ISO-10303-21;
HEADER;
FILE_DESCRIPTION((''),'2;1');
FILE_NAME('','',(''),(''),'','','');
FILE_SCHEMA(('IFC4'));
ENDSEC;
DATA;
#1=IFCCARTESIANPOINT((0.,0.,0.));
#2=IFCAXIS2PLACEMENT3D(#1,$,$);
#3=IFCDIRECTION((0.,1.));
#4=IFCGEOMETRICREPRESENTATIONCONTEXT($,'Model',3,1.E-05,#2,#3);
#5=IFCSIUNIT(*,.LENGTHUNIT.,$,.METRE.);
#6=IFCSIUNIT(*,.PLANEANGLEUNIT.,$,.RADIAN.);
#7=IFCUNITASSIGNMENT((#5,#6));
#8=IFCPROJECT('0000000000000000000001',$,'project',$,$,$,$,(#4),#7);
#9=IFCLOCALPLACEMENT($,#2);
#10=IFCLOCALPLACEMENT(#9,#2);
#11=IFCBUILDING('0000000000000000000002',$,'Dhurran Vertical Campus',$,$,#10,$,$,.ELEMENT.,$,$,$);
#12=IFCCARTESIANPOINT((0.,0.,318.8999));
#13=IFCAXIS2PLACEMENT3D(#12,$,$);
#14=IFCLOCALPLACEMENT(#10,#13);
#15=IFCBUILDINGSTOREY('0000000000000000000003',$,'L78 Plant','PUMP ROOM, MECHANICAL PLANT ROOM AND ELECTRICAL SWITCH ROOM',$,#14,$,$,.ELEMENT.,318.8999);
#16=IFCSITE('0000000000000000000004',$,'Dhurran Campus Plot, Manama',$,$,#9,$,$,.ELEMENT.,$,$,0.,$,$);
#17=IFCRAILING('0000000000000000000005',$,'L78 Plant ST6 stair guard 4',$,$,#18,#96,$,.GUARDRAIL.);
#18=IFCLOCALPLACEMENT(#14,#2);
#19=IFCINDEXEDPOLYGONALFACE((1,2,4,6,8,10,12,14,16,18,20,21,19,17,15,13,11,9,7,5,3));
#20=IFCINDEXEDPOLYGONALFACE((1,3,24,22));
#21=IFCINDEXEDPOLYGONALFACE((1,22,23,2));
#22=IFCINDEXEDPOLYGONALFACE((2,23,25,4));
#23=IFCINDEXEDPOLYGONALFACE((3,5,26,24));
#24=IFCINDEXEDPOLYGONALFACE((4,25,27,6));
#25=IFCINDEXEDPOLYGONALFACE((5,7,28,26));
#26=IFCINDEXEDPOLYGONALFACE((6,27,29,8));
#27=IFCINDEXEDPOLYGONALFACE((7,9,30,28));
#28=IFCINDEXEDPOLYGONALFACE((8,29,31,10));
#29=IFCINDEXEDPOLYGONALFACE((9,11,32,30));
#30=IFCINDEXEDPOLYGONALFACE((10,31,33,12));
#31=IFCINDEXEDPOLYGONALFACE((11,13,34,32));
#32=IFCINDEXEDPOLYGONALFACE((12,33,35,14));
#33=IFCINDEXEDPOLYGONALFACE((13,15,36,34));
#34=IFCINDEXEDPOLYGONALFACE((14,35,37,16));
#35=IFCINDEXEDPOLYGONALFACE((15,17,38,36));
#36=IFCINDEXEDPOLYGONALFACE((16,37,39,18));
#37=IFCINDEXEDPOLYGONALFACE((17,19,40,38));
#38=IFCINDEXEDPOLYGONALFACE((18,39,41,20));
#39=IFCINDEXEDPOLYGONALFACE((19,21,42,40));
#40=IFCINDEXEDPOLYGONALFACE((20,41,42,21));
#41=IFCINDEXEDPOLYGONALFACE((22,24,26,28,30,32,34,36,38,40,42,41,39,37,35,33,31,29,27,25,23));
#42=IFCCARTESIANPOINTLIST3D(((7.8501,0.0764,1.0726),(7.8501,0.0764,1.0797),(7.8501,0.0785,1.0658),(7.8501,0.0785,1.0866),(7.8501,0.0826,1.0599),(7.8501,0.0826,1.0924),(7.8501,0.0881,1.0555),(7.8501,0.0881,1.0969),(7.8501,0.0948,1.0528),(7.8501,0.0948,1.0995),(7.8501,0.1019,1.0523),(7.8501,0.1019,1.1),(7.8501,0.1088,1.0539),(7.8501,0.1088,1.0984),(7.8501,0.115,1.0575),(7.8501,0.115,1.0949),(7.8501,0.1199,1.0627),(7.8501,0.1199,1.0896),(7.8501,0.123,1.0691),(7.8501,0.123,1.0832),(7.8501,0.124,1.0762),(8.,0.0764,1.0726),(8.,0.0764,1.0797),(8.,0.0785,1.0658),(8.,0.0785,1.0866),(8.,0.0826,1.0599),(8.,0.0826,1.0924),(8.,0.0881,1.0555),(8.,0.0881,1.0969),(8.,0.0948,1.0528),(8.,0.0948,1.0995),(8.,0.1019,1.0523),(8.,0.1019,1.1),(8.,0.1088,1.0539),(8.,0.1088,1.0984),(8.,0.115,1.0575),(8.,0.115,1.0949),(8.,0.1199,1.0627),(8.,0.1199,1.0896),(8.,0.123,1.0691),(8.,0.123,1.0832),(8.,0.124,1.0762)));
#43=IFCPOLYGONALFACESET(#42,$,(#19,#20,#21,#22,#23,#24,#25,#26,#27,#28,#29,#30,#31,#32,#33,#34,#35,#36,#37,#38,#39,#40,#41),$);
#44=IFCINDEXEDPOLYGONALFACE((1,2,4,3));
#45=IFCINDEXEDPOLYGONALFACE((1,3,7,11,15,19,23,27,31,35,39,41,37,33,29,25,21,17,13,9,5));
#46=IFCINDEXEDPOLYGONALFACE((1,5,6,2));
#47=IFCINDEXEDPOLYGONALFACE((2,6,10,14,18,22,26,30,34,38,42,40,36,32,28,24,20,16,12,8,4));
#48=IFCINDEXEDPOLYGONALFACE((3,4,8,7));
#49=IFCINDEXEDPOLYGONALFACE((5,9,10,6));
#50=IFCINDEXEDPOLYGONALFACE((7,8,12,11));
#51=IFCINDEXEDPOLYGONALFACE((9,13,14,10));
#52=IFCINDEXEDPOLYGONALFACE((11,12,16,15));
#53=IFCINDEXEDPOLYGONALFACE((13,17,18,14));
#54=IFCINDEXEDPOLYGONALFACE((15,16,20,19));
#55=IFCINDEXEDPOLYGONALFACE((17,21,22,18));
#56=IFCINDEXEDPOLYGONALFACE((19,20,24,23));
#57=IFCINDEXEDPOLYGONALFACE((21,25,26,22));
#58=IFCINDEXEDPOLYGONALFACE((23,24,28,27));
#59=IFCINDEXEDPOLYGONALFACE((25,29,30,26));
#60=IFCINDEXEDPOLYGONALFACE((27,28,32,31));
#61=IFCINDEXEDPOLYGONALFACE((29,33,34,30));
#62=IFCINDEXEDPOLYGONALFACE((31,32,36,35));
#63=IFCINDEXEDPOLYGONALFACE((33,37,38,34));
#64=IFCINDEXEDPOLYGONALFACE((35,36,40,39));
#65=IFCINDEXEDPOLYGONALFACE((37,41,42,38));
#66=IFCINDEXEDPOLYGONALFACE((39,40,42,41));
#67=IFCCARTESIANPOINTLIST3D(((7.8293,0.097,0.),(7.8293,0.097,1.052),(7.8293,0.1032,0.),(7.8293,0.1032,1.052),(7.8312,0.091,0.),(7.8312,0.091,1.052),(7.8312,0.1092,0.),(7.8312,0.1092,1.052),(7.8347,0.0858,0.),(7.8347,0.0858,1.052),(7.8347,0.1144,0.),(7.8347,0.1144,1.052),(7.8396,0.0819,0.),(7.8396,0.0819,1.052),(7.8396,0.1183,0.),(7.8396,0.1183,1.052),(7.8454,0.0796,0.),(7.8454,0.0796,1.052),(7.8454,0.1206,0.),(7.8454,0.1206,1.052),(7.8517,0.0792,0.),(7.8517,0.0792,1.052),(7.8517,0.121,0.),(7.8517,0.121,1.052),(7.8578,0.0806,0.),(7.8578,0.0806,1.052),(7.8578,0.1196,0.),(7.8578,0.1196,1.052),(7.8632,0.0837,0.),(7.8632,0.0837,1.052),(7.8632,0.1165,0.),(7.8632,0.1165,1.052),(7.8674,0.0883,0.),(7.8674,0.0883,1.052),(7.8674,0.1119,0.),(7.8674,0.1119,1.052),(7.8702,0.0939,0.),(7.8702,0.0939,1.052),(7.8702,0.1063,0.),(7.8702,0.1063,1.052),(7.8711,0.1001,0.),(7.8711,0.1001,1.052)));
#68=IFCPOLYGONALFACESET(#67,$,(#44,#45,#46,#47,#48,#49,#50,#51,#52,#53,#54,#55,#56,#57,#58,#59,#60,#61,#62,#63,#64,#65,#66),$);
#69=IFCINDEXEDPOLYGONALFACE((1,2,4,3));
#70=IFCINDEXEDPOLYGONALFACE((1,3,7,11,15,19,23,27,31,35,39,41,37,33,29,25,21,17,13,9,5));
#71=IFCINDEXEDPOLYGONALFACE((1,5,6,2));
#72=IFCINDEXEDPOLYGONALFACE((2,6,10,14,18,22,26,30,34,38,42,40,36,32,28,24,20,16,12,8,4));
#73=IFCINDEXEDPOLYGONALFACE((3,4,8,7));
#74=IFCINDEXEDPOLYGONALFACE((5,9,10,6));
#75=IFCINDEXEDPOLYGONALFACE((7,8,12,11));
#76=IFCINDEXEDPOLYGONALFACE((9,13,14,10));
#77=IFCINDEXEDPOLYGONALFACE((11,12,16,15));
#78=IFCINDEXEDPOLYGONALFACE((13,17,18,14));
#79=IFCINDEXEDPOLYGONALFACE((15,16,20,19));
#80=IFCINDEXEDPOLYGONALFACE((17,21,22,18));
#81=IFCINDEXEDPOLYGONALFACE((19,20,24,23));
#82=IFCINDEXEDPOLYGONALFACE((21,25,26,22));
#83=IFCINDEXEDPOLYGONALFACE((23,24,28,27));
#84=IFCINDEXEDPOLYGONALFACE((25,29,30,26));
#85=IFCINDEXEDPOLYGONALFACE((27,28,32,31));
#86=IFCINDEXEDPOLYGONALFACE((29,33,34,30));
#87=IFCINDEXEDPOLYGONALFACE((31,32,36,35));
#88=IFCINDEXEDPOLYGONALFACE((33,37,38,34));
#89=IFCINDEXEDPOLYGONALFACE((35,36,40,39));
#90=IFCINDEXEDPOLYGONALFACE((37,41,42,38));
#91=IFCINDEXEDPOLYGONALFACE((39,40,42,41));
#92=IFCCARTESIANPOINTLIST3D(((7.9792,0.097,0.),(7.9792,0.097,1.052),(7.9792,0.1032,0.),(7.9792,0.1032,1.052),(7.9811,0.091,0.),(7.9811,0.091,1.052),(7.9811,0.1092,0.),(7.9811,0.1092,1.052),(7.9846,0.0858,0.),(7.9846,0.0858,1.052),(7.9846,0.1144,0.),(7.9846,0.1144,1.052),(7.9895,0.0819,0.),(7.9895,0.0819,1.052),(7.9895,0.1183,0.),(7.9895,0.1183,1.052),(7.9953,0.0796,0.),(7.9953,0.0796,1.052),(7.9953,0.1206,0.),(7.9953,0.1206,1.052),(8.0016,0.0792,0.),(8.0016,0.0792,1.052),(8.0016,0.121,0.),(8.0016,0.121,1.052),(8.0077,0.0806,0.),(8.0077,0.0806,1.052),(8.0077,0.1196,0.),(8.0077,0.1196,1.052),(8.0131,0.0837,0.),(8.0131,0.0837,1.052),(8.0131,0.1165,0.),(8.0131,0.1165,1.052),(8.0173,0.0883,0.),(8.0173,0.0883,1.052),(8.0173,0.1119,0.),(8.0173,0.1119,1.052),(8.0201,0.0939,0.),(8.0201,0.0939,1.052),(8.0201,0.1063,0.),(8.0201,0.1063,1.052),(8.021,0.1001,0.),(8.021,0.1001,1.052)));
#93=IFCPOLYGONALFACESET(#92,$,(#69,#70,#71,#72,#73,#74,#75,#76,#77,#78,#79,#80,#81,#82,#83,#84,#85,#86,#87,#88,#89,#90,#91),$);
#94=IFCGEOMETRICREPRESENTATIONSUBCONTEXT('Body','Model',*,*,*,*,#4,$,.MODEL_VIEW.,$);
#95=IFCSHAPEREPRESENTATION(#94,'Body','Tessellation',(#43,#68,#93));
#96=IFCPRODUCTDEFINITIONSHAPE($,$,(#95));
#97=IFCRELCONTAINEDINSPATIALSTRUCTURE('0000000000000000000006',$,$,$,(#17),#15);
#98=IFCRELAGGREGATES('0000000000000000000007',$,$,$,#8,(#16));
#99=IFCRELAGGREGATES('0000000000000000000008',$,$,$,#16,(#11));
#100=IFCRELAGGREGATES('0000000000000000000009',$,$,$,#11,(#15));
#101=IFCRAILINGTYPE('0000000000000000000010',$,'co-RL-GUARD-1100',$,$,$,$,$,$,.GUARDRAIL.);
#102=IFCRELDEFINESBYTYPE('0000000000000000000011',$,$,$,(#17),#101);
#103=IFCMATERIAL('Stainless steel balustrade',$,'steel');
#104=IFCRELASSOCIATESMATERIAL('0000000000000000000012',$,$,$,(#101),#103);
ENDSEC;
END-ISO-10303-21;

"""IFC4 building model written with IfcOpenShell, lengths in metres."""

from ifc_helpers import new_model, si_unit, direction, frame, origin, origin_2d, place, context, subcontext, project, spatial, circle, extrude, material, type_object, element, save


model = new_model("IFC4")

# Units and contexts
model_context = context("Model", 3, precision=1e-05, world=origin(), true_north=direction((0.0, 1.0)))
body_context = subcontext(model_context, "Body", "Model", "MODEL_VIEW")
ifc_project = project(units=[si_unit("LENGTHUNIT", "METRE"), si_unit("PLANEANGLEUNIT", "RADIAN")], contexts=[model_context])

# Site, building, storey
site_placement = place(None, origin())
site = spatial("IfcSite", under=ifc_project, at=site_placement, Name="Dhurran Campus Plot, Manama", CompositionType="ELEMENT", RefElevation=0.0)
building_placement = place(site_placement, origin())
building = spatial("IfcBuilding", under=site, at=building_placement, Name="Dhurran Vertical Campus", CompositionType="ELEMENT")
storey_placement = place(building_placement, frame((0.0, 0.0, 318.8999)))
storey = spatial("IfcBuildingStorey", under=building, at=storey_placement, Name="L78 Plant", Description="PUMP ROOM, MECHANICAL PLANT ROOM AND ELECTRICAL SWITCH ROOM", CompositionType="ELEMENT", Elevation=318.8999)

# Railing
ifc_material_1 = material(Name="Stainless steel balustrade", Category="steel")
railing_type = type_object("IfcRailingType", Name="co-RL-GUARD-1100", PredefinedType="GUARDRAIL", material=ifc_material_1)
railing_1_placement = place(storey_placement, frame((7.8501, 0.1001, 0.0)))
element("IfcRailing", 1, at=railing_1_placement, inside=storey, type_object=railing_type, Name="L78 Plant ST6 stair guard 4", PredefinedType="GUARDRAIL", context=body_context, shape_type="SweptSolid", body=[
    extrude(circle(Radius=0.0239, at=origin_2d()), frame((0.0, 0.0, 1.0762), z_axis=(1.0, 0.0, 0.0), x_axis=(0.0, 1.0, 0.0)), (0.0, 0.0, 1.0), 0.1499),
    extrude(circle(Radius=0.021, at=origin_2d()), origin(), (0.0, 0.0, 1.0), 1.052),
    extrude(circle(Radius=0.021, at=origin_2d()), frame((0.1499, 0.0, 0.0)), (0.0, 0.0, 1.0), 1.052),
])

save(model, "model.ifc")
